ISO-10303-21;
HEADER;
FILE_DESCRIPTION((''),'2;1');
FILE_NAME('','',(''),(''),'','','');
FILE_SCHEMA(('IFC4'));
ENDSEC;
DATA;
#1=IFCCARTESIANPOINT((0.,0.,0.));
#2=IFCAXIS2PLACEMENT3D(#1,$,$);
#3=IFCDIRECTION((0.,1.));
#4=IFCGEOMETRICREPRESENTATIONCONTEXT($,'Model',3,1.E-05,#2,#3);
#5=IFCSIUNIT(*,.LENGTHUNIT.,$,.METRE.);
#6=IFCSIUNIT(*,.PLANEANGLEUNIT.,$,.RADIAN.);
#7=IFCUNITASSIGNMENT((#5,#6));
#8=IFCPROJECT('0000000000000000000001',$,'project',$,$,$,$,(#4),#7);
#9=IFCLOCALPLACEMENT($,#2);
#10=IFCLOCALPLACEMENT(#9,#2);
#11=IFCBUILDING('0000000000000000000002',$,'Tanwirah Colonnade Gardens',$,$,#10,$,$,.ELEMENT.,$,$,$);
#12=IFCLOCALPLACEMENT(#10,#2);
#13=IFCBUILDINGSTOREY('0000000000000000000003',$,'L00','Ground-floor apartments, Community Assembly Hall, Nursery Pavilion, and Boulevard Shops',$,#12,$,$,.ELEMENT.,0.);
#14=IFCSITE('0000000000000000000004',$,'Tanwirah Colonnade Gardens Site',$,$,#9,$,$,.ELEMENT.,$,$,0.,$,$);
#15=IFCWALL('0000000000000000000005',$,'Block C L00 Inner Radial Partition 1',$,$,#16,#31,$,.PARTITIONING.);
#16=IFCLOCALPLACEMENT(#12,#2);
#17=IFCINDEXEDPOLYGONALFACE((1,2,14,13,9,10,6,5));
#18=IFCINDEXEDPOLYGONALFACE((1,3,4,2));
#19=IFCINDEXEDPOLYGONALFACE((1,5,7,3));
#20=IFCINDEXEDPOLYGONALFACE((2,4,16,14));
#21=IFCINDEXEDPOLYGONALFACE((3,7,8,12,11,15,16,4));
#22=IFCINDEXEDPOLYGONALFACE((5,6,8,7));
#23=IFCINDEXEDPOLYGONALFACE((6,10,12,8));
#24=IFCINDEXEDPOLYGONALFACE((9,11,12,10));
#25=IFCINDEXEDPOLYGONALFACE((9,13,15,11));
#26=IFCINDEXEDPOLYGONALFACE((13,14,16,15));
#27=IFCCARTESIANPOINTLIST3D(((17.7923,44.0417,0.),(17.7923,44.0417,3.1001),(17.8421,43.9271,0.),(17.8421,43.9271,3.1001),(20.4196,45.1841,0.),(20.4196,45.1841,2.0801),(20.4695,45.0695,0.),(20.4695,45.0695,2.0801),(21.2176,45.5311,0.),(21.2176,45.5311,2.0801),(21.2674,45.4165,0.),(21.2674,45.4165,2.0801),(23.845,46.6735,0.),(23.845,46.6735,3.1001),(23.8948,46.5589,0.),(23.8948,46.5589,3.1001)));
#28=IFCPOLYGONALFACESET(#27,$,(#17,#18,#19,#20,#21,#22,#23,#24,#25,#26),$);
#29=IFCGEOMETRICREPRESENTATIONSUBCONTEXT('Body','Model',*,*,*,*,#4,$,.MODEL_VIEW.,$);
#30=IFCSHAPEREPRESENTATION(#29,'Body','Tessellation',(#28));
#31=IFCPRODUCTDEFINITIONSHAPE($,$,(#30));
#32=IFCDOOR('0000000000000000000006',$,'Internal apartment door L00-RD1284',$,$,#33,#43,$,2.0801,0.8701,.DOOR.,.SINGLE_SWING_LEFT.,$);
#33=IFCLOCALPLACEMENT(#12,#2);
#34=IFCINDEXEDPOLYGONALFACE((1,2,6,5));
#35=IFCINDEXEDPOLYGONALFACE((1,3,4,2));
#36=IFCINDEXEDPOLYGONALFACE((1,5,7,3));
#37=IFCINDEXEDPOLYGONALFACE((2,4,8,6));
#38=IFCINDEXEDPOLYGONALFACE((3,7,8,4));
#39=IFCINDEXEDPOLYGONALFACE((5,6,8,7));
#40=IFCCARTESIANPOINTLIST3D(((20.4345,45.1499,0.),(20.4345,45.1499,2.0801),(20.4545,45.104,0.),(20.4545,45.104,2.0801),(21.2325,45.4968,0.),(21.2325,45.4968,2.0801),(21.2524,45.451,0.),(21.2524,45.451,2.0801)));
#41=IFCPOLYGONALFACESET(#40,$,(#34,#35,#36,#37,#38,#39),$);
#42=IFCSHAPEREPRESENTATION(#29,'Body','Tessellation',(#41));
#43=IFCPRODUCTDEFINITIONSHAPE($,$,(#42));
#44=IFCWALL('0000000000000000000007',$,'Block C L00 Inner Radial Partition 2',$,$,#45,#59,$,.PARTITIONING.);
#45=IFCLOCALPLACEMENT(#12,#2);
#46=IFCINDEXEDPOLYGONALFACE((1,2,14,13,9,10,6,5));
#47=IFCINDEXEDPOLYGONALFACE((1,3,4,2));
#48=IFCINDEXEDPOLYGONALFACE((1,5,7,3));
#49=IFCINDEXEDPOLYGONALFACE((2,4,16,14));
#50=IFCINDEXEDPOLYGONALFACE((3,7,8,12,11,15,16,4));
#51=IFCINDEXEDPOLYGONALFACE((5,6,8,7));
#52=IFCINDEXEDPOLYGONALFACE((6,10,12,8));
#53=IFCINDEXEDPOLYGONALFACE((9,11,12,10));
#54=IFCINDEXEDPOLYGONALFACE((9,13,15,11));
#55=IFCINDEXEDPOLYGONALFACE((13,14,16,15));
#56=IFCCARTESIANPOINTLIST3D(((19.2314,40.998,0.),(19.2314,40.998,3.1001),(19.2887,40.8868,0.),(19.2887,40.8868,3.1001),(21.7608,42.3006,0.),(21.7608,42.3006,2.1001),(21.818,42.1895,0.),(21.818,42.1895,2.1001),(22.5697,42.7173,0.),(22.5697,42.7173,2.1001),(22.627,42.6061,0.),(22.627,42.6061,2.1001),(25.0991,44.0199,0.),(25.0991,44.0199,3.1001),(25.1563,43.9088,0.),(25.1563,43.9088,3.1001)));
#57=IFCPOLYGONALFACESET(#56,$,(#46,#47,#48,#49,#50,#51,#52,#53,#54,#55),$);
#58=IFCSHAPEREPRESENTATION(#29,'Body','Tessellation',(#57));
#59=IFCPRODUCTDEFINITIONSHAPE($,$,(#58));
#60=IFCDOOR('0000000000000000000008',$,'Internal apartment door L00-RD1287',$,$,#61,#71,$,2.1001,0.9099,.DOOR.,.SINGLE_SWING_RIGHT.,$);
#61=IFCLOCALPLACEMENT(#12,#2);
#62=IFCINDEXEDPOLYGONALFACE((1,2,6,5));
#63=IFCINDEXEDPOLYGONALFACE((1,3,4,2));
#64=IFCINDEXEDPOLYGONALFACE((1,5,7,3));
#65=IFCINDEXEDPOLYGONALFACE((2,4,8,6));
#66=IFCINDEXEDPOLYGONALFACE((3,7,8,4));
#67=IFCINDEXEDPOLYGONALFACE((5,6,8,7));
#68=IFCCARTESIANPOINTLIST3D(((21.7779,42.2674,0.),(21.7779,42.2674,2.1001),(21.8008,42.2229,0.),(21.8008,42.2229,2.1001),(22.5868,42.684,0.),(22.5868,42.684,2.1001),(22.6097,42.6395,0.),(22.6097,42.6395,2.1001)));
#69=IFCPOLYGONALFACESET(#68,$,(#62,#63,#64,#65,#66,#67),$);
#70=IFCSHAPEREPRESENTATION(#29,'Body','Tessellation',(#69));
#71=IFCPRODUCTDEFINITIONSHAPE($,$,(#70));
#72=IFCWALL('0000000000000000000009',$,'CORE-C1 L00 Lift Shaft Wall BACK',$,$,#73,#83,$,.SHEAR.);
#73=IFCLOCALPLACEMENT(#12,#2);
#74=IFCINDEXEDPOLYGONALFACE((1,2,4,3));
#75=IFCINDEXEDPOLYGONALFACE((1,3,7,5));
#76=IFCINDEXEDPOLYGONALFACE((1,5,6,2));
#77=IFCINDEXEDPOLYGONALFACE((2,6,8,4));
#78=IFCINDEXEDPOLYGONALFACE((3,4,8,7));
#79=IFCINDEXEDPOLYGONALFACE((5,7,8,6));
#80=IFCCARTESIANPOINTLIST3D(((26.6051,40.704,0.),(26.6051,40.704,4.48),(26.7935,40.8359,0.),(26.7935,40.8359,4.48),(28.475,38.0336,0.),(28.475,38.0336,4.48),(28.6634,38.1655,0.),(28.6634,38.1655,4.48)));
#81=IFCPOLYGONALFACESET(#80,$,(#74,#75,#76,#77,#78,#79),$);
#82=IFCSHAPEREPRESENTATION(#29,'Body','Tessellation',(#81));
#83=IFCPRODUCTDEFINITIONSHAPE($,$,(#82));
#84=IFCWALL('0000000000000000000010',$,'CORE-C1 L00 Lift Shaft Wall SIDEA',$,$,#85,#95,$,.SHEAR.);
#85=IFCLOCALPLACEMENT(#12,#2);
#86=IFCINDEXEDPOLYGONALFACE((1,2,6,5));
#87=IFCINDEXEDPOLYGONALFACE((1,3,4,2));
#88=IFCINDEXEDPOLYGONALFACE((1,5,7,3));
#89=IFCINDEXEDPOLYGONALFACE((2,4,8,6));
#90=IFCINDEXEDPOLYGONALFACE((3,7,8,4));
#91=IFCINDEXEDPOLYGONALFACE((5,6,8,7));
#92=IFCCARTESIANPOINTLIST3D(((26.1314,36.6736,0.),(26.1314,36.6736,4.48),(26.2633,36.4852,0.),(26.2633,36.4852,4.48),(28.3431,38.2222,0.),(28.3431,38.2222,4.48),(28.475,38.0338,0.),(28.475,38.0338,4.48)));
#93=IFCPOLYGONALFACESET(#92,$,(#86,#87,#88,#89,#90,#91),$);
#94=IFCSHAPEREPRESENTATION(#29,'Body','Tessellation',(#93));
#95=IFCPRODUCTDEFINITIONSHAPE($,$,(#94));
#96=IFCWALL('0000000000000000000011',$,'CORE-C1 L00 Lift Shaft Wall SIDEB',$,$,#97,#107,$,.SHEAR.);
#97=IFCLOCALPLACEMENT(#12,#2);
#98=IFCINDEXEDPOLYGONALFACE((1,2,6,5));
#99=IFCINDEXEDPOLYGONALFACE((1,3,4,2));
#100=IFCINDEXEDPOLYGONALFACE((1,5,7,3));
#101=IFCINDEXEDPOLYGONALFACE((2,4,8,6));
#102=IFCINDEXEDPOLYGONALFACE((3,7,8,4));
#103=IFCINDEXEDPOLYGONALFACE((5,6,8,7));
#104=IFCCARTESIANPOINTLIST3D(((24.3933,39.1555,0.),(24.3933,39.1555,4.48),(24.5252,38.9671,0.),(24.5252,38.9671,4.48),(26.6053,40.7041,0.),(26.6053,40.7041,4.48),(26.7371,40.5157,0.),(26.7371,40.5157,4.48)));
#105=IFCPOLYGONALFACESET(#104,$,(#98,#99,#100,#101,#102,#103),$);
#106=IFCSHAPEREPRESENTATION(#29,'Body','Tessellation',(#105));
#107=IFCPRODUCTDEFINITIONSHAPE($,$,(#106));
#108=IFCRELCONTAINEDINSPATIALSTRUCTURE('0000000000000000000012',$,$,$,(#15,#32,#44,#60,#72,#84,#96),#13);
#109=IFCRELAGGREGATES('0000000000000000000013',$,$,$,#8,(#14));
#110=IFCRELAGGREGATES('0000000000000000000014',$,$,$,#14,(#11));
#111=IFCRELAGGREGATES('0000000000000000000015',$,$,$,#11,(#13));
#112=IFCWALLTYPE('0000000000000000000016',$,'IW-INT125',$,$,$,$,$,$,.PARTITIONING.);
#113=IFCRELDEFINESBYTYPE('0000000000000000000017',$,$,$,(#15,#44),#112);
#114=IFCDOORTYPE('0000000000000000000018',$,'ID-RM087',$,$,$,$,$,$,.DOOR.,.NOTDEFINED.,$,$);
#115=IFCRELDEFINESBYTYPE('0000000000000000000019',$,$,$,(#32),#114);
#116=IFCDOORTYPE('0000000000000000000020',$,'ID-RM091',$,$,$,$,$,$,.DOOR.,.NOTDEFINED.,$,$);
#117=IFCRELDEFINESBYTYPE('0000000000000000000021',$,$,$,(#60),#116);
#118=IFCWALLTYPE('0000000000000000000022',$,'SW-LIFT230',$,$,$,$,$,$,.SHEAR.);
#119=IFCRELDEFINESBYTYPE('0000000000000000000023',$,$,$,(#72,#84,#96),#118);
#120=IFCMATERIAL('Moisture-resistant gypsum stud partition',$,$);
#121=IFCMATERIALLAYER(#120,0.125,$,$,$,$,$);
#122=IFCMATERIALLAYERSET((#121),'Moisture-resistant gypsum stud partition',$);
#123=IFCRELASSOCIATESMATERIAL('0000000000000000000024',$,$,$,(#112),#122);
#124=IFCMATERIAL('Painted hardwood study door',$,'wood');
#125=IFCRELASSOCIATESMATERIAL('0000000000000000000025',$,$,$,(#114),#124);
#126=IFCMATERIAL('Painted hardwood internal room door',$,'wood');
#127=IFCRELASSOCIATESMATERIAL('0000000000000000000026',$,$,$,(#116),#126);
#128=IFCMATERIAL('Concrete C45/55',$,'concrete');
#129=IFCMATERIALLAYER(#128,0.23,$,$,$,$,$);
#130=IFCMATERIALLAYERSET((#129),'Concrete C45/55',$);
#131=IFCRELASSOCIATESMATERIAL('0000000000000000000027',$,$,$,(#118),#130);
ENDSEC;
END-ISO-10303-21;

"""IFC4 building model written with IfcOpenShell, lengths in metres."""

from ifc_helpers import new_model, si_unit, direction, frame, frame_2d, origin, place, context, subcontext, project, spatial, rectangle, extrude, material, layer, layer_set, type_object, element, fill, save


model = new_model("IFC4")

# Units and contexts
model_context = context("Model", 3, precision=1e-05, world=origin(), true_north=direction((0.0, 1.0)))
body_context = subcontext(model_context, "Body", "Model", "MODEL_VIEW")
ifc_project = project(units=[si_unit("LENGTHUNIT", "METRE"), si_unit("PLANEANGLEUNIT", "RADIAN")], contexts=[model_context])

# Site, building, storey
site_placement = place(None, origin())
site = spatial("IfcSite", under=ifc_project, at=site_placement, Name="Tanwirah Colonnade Gardens Site", CompositionType="ELEMENT", RefElevation=0.0)
building_placement = place(site_placement, origin())
building = spatial("IfcBuilding", under=site, at=building_placement, Name="Tanwirah Colonnade Gardens", CompositionType="ELEMENT")
storey_placement = place(building_placement, origin())
storey = spatial("IfcBuildingStorey", under=building, at=storey_placement, Name="L00", Description="Ground-floor apartments, Community Assembly Hall, Nursery Pavilion, and Boulevard Shops", CompositionType="ELEMENT", Elevation=0.0)

# Walls, openings, doors
ifc_material_1 = material(Name="Moisture-resistant gypsum stud partition")
ifc_layer_1 = layer(ifc_material_1, 0.125)
ifc_layer_set_1 = layer_set([ifc_layer_1], Name="Moisture-resistant gypsum stud partition")
wall_type_1 = type_object("IfcWallType", Name="IW-INT125", PredefinedType="PARTITIONING", material=ifc_layer_set_1)
wall_1_placement = place(storey_placement, frame((23.8699, 46.6162, 0.0), z_axis=(0.0, 0.0, 1.0), x_axis=(-0.917058, -0.398753, 0.0)))
wall_1 = element("IfcWall", 1, at=wall_1_placement, inside=storey, type_object=wall_type_1, Name="Block C L00 Inner Radial Partition 1", PredefinedType="PARTITIONING", context=body_context, shape_type="SweptSolid", body=[
    extrude(rectangle(XDim=6.6001, YDim=0.125, at=frame_2d((3.3, 0.0))), origin(), (0.0, 0.0, 1.0), 3.1001),
])
opening_1_placement = place(wall_1_placement, frame((2.865, 0.0, 0.0)))
opening_1 = element("IfcOpeningElement", 2, at=opening_1_placement, cuts=wall_1, PredefinedType="OPENING", context=body_context, shape_type="SweptSolid", body=[
    extrude(rectangle(XDim=0.8701, YDim=2.0801, at=frame_2d((0.4351, 1.04))), frame((0.0, 0.0725, 0.0), z_axis=(0.0, -1.0, 0.0), x_axis=(1.0, 0.0, 0.0)), (0.0, 0.0, 1.0), 0.145),
])
ifc_material_2 = material(Name="Painted hardwood study door", Category="wood")
door_type_1 = type_object("IfcDoorType", Name="ID-RM087", OperationType="NOTDEFINED", PredefinedType="DOOR", material=ifc_material_2)
door_1_placement = place(opening_1_placement, origin())
door_1 = element("IfcDoor", 3, at=door_1_placement, inside=storey, type_object=door_type_1, Name="Internal apartment door L00-RD1284", OperationType="SINGLE_SWING_LEFT", OverallHeight=2.0801, OverallWidth=0.8701, PredefinedType="DOOR", context=body_context, shape_type="SweptSolid", body=[
    extrude(rectangle(XDim=0.8701, YDim=2.0801, at=frame_2d((0.4351, 1.04))), frame((0.0, 0.0249, 0.0), z_axis=(0.0, -1.0, 0.0), x_axis=(1.0, 0.0, 0.0)), (0.0, 0.0, 1.0), 0.05),
])
fill(opening_1, door_1)
wall_2_placement = place(storey_placement, frame((25.1277, 43.9644, 0.0), z_axis=(0.0, 0.0, 1.0), x_axis=(-0.889022, -0.457864, 0.0)))
wall_2 = element("IfcWall", 4, at=wall_2_placement, inside=storey, type_object=wall_type_1, Name="Block C L00 Inner Radial Partition 2", PredefinedType="PARTITIONING", context=body_context, shape_type="SweptSolid", body=[
    extrude(rectangle(XDim=6.6001, YDim=0.125, at=frame_2d((3.3, 0.0))), origin(), (0.0, 0.0, 1.0), 3.1001),
])
opening_2_placement = place(wall_2_placement, frame((2.845, 0.0, 0.0)))
opening_2 = element("IfcOpeningElement", 5, at=opening_2_placement, cuts=wall_2, PredefinedType="OPENING", context=body_context, shape_type="SweptSolid", body=[
    extrude(rectangle(XDim=0.9099, YDim=2.1001, at=frame_2d((0.4551, 1.05))), frame((0.0, 0.0725, 0.0), z_axis=(0.0, -1.0, 0.0), x_axis=(1.0, 0.0, 0.0)), (0.0, 0.0, 1.0), 0.145),
])
ifc_material_3 = material(Name="Painted hardwood internal room door", Category="wood")
door_type_2 = type_object("IfcDoorType", Name="ID-RM091", OperationType="NOTDEFINED", PredefinedType="DOOR", material=ifc_material_3)
door_2_placement = place(opening_2_placement, origin())
door_2 = element("IfcDoor", 6, at=door_2_placement, inside=storey, type_object=door_type_2, Name="Internal apartment door L00-RD1287", OperationType="SINGLE_SWING_RIGHT", OverallHeight=2.1001, OverallWidth=0.9099, PredefinedType="DOOR", context=body_context, shape_type="SweptSolid", body=[
    extrude(rectangle(XDim=0.9099, YDim=2.1001, at=frame_2d((0.4551, 1.05))), frame((0.0, 0.0249, 0.0), z_axis=(0.0, -1.0, 0.0), x_axis=(1.0, 0.0, 0.0)), (0.0, 0.0, 1.0), 0.05),
])
fill(opening_2, door_2)

# Walls
ifc_material_4 = material(Name="Concrete C45/55", Category="concrete")
ifc_layer_2 = layer(ifc_material_4, 0.23)
ifc_layer_set_2 = layer_set([ifc_layer_2], Name="Concrete C45/55")
wall_type_2 = type_object("IfcWallType", Name="SW-LIFT230", PredefinedType="SHEAR", material=ifc_layer_set_2)
wall_3_placement = place(storey_placement, frame((28.5691, 38.0996, 0.0), z_axis=(0.0, 0.0, 1.0), x_axis=(-0.573583, 0.819147, 0.0)))
element("IfcWall", 7, at=wall_3_placement, inside=storey, type_object=wall_type_2, Name="CORE-C1 L00 Lift Shaft Wall BACK", PredefinedType="SHEAR", context=body_context, shape_type="SweptSolid", body=[
    extrude(rectangle(XDim=3.26, YDim=0.23, at=frame_2d((1.6299, 0.0))), origin(), (0.0, 0.0, 1.0), 4.48),
])
wall_4_placement = place(storey_placement, frame((26.1973, 36.5793, 0.0), z_axis=(0.0, 0.0, 1.0), x_axis=(0.81916, 0.573566, 0.0)))
element("IfcWall", 8, at=wall_4_placement, inside=storey, type_object=wall_type_2, Name="CORE-C1 L00 Lift Shaft Wall SIDEA", PredefinedType="SHEAR", context=body_context, shape_type="SweptSolid", body=[
    extrude(rectangle(XDim=2.7, YDim=0.23, at=frame_2d((1.3501, 0.0))), origin(), (0.0, 0.0, 1.0), 4.48),
])
wall_5_placement = place(storey_placement, frame((24.4592, 39.0613, 0.0), z_axis=(0.0, 0.0, 1.0), x_axis=(0.819189, 0.573523, 0.0)))
element("IfcWall", 9, at=wall_5_placement, inside=storey, type_object=wall_type_2, Name="CORE-C1 L00 Lift Shaft Wall SIDEB", PredefinedType="SHEAR", context=body_context, shape_type="SweptSolid", body=[
    extrude(rectangle(XDim=2.7002, YDim=0.23, at=frame_2d((1.3501, 0.0))), origin(), (0.0, 0.0, 1.0), 4.48),
])

save(model, "model.ifc")
